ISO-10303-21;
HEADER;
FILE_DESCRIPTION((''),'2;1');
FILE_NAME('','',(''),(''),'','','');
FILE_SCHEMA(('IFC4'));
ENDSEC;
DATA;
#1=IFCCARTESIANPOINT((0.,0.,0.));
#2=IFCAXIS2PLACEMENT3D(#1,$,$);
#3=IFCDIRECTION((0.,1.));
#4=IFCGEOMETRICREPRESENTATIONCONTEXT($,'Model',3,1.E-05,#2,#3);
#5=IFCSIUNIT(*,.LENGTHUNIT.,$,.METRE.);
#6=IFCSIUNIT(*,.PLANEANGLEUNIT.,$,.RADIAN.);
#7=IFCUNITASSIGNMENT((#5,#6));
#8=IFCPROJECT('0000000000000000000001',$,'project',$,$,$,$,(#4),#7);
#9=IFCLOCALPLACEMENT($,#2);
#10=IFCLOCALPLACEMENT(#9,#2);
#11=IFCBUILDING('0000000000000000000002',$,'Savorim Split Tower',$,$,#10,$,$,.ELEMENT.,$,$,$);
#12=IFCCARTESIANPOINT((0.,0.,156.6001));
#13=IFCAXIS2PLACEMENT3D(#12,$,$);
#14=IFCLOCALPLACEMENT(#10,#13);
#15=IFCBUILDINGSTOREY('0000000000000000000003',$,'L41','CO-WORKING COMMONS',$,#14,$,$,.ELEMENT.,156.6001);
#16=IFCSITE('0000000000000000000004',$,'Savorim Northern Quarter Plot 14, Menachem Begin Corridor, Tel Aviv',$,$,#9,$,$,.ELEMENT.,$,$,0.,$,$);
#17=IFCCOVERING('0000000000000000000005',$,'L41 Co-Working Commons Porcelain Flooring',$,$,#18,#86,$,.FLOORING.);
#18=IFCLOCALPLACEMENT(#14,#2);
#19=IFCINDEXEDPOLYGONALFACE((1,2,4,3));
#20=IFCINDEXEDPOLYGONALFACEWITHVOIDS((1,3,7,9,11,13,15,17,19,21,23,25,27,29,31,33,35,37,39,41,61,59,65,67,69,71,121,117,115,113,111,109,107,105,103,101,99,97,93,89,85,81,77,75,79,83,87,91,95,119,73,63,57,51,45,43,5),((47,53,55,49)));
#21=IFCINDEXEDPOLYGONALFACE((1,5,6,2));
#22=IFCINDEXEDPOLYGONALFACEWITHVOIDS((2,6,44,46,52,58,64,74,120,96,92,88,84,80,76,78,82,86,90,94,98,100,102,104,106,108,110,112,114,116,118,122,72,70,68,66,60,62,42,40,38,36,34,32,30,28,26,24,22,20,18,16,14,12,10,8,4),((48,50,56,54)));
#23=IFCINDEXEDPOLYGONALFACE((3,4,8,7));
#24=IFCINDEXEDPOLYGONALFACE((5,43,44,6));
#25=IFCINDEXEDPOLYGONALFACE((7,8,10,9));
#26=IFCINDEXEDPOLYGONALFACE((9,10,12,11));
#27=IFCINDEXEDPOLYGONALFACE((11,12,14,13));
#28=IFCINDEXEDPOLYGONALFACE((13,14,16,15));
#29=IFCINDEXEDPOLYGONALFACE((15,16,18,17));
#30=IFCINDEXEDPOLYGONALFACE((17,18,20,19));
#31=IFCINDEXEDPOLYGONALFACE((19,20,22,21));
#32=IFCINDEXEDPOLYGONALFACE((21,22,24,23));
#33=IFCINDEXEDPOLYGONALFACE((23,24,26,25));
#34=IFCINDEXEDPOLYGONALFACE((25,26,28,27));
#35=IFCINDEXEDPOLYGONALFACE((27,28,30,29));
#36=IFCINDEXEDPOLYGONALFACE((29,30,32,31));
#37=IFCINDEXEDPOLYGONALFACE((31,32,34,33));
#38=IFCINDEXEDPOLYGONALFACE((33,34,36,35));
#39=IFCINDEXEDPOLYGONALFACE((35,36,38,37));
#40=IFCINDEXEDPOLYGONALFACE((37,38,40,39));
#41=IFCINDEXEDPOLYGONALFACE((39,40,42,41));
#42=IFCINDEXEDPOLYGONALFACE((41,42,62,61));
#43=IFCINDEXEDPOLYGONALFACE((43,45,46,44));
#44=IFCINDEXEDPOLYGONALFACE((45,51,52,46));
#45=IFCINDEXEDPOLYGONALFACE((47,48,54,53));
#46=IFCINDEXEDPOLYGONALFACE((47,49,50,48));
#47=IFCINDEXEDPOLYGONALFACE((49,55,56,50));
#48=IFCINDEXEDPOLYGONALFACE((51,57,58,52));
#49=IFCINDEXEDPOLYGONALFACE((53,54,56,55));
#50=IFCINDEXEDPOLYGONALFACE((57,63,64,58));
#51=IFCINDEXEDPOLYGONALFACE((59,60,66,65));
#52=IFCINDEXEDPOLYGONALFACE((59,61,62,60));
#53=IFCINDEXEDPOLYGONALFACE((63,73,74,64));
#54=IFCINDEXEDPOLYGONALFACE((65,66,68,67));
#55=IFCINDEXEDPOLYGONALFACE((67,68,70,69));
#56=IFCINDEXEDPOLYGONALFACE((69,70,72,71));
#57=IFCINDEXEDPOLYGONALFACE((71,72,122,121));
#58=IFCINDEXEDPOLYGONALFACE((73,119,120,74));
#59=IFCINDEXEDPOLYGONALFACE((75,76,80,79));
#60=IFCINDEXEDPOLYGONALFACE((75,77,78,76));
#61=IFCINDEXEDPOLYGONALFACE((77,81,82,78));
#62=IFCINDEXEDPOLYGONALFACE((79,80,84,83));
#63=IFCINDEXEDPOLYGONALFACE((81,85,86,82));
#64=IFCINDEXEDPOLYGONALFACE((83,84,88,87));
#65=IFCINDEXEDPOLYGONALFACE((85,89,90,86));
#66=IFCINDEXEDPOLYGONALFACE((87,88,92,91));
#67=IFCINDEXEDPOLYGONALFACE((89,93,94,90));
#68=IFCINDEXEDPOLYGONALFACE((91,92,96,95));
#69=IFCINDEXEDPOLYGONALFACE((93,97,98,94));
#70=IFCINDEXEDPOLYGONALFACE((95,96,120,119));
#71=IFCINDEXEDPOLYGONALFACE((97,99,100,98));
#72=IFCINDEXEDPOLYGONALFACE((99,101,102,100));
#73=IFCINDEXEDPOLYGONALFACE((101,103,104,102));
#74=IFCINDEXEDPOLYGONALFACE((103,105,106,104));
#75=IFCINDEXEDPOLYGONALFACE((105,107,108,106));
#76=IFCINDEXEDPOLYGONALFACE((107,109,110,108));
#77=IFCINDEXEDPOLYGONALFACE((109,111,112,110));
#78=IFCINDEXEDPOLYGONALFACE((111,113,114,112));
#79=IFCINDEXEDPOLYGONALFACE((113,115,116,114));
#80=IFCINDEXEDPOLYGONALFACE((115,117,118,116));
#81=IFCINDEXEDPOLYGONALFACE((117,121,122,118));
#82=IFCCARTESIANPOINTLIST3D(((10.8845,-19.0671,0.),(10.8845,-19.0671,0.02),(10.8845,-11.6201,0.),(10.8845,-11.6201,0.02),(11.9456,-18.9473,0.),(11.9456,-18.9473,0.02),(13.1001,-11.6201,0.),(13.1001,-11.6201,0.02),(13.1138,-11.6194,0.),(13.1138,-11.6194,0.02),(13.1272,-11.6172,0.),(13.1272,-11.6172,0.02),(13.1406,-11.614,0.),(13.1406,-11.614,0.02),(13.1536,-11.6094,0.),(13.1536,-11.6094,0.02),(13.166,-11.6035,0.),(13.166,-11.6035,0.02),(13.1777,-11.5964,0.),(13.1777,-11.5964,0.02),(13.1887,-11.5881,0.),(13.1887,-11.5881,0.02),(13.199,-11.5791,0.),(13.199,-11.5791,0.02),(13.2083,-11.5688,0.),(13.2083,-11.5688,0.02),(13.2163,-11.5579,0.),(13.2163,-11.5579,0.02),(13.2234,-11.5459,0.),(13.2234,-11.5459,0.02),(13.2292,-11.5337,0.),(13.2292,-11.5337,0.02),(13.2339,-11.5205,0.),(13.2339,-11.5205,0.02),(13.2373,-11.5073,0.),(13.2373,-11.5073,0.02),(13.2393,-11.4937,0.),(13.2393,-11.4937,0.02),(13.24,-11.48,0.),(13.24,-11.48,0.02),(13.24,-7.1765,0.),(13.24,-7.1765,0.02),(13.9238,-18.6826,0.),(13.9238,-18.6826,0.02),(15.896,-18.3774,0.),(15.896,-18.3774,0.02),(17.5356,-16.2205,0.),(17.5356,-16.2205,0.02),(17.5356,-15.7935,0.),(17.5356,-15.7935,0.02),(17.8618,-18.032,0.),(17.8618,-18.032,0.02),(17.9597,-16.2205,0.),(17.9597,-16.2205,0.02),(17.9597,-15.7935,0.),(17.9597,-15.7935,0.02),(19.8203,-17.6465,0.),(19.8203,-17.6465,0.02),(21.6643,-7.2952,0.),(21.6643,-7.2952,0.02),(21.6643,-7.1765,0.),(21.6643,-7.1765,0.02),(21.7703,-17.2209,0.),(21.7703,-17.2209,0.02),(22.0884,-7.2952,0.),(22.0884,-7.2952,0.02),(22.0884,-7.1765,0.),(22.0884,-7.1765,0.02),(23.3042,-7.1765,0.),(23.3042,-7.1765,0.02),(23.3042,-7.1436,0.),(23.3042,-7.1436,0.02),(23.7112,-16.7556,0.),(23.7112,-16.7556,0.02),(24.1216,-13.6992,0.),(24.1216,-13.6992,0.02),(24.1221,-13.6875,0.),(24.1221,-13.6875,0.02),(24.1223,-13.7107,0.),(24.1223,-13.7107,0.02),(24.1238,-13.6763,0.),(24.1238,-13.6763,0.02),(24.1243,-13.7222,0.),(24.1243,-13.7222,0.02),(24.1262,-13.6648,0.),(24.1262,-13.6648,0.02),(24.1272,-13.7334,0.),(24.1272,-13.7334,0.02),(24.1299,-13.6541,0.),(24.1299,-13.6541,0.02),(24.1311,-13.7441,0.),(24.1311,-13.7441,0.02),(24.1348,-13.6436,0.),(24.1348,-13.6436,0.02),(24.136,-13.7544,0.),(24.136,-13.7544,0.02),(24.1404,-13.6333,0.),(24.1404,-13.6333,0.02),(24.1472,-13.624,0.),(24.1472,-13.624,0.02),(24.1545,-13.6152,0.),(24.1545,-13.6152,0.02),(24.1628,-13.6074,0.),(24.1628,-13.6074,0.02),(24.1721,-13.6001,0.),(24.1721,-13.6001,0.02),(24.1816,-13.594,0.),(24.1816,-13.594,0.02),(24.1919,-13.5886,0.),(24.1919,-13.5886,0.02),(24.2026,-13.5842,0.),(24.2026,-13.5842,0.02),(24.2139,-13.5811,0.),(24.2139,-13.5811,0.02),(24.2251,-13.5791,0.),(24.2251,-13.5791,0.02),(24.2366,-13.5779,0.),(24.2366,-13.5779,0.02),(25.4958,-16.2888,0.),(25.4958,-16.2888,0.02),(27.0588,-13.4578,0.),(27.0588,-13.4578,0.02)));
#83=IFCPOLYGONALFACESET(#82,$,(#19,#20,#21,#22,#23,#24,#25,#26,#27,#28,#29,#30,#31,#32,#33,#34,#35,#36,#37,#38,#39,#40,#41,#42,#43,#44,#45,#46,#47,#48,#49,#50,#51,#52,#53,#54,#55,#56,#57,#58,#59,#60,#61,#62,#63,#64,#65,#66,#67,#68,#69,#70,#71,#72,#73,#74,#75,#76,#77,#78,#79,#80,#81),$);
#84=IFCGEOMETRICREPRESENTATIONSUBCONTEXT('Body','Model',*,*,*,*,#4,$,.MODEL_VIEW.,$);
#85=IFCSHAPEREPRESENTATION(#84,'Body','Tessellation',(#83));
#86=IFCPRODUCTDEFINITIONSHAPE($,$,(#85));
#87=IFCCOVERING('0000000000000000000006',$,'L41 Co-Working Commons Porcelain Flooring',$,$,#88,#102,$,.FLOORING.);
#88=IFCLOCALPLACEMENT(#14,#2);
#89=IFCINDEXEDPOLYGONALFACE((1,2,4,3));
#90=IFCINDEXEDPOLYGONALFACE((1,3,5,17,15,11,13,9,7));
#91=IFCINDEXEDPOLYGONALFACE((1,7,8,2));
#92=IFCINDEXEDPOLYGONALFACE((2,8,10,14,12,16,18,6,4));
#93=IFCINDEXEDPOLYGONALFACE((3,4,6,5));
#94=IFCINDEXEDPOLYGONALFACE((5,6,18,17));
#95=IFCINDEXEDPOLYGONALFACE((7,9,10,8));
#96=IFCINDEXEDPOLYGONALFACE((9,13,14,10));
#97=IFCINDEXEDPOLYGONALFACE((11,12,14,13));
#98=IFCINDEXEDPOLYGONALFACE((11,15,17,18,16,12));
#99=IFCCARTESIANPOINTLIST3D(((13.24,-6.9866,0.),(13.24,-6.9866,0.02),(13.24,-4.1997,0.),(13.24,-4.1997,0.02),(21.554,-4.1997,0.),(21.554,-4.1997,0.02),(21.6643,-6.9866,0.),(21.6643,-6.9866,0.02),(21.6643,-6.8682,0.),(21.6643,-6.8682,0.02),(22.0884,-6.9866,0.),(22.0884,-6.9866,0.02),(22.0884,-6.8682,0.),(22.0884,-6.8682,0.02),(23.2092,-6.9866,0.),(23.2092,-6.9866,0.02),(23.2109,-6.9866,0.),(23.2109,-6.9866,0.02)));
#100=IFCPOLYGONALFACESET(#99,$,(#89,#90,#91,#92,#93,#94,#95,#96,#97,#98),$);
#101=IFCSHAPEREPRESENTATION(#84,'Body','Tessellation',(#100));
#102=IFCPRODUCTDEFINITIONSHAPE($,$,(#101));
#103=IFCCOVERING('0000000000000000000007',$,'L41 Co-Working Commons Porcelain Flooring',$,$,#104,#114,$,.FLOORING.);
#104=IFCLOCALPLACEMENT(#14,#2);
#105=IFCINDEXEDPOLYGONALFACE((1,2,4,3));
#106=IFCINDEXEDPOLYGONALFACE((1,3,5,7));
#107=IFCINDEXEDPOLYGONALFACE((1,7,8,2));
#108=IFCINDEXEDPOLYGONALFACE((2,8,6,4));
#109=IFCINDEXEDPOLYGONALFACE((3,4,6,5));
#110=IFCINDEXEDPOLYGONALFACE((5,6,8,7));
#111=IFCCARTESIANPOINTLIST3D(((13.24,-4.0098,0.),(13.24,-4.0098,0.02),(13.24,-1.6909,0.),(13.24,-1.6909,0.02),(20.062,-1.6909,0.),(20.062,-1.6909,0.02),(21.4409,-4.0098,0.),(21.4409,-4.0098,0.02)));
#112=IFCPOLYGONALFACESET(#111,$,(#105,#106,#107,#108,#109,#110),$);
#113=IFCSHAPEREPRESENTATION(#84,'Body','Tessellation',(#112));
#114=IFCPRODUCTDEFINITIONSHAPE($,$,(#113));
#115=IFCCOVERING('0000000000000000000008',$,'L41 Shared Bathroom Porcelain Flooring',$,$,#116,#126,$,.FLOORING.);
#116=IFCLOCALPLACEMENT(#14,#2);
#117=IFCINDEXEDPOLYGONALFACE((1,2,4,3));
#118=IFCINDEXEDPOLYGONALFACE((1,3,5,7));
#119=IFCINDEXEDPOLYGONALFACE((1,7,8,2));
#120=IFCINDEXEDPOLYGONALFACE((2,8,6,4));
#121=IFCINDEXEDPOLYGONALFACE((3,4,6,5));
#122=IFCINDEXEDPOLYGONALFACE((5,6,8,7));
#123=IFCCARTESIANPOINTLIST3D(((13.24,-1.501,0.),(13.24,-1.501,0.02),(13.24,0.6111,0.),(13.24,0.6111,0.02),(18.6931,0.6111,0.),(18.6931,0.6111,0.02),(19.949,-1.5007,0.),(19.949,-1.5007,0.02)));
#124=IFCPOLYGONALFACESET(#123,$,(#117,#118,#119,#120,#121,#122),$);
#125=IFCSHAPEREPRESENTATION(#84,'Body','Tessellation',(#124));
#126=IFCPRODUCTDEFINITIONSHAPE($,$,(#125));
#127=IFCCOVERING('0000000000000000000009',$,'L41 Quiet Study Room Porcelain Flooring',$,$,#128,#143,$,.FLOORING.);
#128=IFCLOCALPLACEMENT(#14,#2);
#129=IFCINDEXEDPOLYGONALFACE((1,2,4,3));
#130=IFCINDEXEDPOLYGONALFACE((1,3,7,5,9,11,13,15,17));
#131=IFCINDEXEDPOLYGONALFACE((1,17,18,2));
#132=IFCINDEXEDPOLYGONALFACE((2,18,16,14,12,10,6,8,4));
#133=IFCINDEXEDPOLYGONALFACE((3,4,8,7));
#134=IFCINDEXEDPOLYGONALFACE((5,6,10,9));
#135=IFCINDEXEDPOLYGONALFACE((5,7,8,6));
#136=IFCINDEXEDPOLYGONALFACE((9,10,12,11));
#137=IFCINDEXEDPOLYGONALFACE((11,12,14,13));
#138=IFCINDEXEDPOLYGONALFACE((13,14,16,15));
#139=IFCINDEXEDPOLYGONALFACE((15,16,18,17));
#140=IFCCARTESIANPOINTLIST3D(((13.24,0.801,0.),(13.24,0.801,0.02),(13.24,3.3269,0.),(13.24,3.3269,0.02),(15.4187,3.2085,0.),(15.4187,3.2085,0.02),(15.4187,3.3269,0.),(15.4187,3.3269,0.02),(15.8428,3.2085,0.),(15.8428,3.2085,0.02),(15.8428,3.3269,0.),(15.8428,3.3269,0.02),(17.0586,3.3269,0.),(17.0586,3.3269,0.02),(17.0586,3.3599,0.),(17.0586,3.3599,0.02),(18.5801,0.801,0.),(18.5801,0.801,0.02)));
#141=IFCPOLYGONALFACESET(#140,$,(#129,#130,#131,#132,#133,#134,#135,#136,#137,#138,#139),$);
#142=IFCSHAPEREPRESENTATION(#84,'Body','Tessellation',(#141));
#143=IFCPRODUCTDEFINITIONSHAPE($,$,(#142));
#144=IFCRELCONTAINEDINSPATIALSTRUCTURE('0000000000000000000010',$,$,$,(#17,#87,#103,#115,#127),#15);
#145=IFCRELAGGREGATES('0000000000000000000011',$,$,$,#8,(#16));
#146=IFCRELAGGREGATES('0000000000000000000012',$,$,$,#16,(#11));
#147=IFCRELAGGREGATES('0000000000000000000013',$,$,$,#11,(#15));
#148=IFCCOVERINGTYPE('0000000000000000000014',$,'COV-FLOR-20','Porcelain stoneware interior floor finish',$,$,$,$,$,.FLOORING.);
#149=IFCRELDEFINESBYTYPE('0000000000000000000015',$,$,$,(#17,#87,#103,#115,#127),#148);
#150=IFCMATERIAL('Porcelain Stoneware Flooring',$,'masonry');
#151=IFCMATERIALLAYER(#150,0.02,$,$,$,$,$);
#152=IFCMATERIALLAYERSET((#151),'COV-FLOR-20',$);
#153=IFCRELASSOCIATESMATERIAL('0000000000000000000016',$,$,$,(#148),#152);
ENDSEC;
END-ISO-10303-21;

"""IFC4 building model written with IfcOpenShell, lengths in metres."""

from ifc_helpers import new_model, si_unit, direction, frame, origin, place, context, subcontext, project, spatial, polyline, outline, extrude, material, layer, layer_set, type_object, element, save


model = new_model("IFC4")

# Units and contexts
model_context = context("Model", 3, precision=1e-05, world=origin(), true_north=direction((0.0, 1.0)))
body_context = subcontext(model_context, "Body", "Model", "MODEL_VIEW")
ifc_project = project(units=[si_unit("LENGTHUNIT", "METRE"), si_unit("PLANEANGLEUNIT", "RADIAN")], contexts=[model_context])

# Site, building, storey
site_placement = place(None, origin())
site = spatial("IfcSite", under=ifc_project, at=site_placement, Name="Savorim Northern Quarter Plot 14, Menachem Begin Corridor, Tel Aviv", CompositionType="ELEMENT", RefElevation=0.0)
building_placement = place(site_placement, origin())
building = spatial("IfcBuilding", under=site, at=building_placement, Name="Savorim Split Tower", CompositionType="ELEMENT")
storey_placement = place(building_placement, frame((0.0, 0.0, 156.6001)))
storey = spatial("IfcBuildingStorey", under=building, at=storey_placement, Name="L41", Description="CO-WORKING COMMONS", CompositionType="ELEMENT", Elevation=156.6001)

# Coverings
ifc_material_1 = material(Name="Porcelain Stoneware Flooring", Category="masonry")
ifc_layer_1 = layer(ifc_material_1, 0.02)
ifc_layer_set_1 = layer_set([ifc_layer_1], Name="COV-FLOR-20")
covering_type_1 = type_object("IfcCoveringType", Name="COV-FLOR-20", Description="Porcelain stoneware interior floor finish", PredefinedType="FLOORING", material=ifc_layer_set_1)
covering_1_placement = place(storey_placement, origin())
element("IfcCovering", 1, at=covering_1_placement, inside=storey, type_object=covering_type_1, Name="L41 Co-Working Commons Porcelain Flooring", PredefinedType="FLOORING", context=body_context, shape_type="SweptSolid", body=[
    extrude(outline(polyline([(24.2139, -13.5811), (24.2251, -13.5791), (24.2366, -13.5779), (27.0588, -13.4578), (23.3042, -7.1436), (23.3042, -7.1765), (22.0884, -7.1765), (22.0884, -7.2952), (21.6643, -7.2952), (21.6643, -7.1765), (13.24, -7.1765), (13.24, -11.48), (13.2393, -11.4937), (13.2373, -11.5073), (13.2339, -11.5205), (13.2292, -11.5337), (13.2234, -11.5459), (13.2163, -11.5579), (13.2083, -11.5688), (13.199, -11.5791), (13.1887, -11.5881), (13.1777, -11.5964), (13.166, -11.6035), (13.1536, -11.6094), (13.1406, -11.614), (13.1272, -11.6172), (13.1138, -11.6194), (13.1001, -11.6201), (10.8845, -11.6201), (10.8845, -19.0671), (11.9456, -18.9473), (13.9238, -18.6826), (15.896, -18.3774), (17.8618, -18.032), (19.8203, -17.6465), (21.7703, -17.2209), (23.7112, -16.7556), (25.4958, -16.2888), (24.136, -13.7544), (24.1311, -13.7441), (24.1272, -13.7334), (24.1243, -13.7222), (24.1223, -13.7107), (24.1216, -13.6992), (24.1221, -13.6875), (24.1238, -13.6763), (24.1262, -13.6648), (24.1299, -13.6541), (24.1348, -13.6436), (24.1404, -13.6333), (24.1472, -13.624), (24.1545, -13.6152), (24.1628, -13.6074), (24.1721, -13.6001), (24.1816, -13.594), (24.1919, -13.5886), (24.2026, -13.5842), (24.2139, -13.5811)]), holes=[polyline([(17.9597, -16.2205), (17.9597, -15.7935), (17.5356, -15.7935), (17.5356, -16.2205), (17.9597, -16.2205)])]), origin(), (0.0, 0.0, 1.0), 0.02),
])
covering_2_placement = place(storey_placement, origin())
element("IfcCovering", 2, at=covering_2_placement, inside=storey, type_object=covering_type_1, Name="L41 Co-Working Commons Porcelain Flooring", PredefinedType="FLOORING", context=body_context, shape_type="SweptSolid", body=[
    extrude(outline(polyline([(22.0884, -6.8682), (22.0884, -6.9866), (23.2092, -6.9866), (23.2109, -6.9866), (21.554, -4.1997), (13.24, -4.1997), (13.24, -6.9866), (21.6643, -6.9866), (21.6643, -6.8682), (22.0884, -6.8682)])), origin(), (0.0, 0.0, 1.0), 0.02),
])
covering_3_placement = place(storey_placement, origin())
element("IfcCovering", 3, at=covering_3_placement, inside=storey, type_object=covering_type_1, Name="L41 Co-Working Commons Porcelain Flooring", PredefinedType="FLOORING", context=body_context, shape_type="SweptSolid", body=[
    extrude(outline(polyline([(21.4409, -4.0098), (20.062, -1.6909), (13.24, -1.6909), (13.24, -4.0098), (21.4409, -4.0098)])), origin(), (0.0, 0.0, 1.0), 0.02),
])
covering_4_placement = place(storey_placement, origin())
element("IfcCovering", 4, at=covering_4_placement, inside=storey, type_object=covering_type_1, Name="L41 Shared Bathroom Porcelain Flooring", PredefinedType="FLOORING", context=body_context, shape_type="SweptSolid", body=[
    extrude(outline(polyline([(19.949, -1.5007), (18.6931, 0.6111), (13.24, 0.6111), (13.24, -1.501), (19.949, -1.5007)])), origin(), (0.0, 0.0, 1.0), 0.02),
])
covering_5_placement = place(storey_placement, origin())
element("IfcCovering", 5, at=covering_5_placement, inside=storey, type_object=covering_type_1, Name="L41 Quiet Study Room Porcelain Flooring", PredefinedType="FLOORING", context=body_context, shape_type="SweptSolid", body=[
    extrude(outline(polyline([(15.4187, 3.2085), (15.4187, 3.3269), (13.24, 3.3269), (13.24, 0.801), (18.5801, 0.801), (17.0586, 3.3599), (17.0586, 3.3269), (15.8428, 3.3269), (15.8428, 3.2085), (15.4187, 3.2085)])), origin(), (0.0, 0.0, 1.0), 0.02),
])

save(model, "model.ifc")
